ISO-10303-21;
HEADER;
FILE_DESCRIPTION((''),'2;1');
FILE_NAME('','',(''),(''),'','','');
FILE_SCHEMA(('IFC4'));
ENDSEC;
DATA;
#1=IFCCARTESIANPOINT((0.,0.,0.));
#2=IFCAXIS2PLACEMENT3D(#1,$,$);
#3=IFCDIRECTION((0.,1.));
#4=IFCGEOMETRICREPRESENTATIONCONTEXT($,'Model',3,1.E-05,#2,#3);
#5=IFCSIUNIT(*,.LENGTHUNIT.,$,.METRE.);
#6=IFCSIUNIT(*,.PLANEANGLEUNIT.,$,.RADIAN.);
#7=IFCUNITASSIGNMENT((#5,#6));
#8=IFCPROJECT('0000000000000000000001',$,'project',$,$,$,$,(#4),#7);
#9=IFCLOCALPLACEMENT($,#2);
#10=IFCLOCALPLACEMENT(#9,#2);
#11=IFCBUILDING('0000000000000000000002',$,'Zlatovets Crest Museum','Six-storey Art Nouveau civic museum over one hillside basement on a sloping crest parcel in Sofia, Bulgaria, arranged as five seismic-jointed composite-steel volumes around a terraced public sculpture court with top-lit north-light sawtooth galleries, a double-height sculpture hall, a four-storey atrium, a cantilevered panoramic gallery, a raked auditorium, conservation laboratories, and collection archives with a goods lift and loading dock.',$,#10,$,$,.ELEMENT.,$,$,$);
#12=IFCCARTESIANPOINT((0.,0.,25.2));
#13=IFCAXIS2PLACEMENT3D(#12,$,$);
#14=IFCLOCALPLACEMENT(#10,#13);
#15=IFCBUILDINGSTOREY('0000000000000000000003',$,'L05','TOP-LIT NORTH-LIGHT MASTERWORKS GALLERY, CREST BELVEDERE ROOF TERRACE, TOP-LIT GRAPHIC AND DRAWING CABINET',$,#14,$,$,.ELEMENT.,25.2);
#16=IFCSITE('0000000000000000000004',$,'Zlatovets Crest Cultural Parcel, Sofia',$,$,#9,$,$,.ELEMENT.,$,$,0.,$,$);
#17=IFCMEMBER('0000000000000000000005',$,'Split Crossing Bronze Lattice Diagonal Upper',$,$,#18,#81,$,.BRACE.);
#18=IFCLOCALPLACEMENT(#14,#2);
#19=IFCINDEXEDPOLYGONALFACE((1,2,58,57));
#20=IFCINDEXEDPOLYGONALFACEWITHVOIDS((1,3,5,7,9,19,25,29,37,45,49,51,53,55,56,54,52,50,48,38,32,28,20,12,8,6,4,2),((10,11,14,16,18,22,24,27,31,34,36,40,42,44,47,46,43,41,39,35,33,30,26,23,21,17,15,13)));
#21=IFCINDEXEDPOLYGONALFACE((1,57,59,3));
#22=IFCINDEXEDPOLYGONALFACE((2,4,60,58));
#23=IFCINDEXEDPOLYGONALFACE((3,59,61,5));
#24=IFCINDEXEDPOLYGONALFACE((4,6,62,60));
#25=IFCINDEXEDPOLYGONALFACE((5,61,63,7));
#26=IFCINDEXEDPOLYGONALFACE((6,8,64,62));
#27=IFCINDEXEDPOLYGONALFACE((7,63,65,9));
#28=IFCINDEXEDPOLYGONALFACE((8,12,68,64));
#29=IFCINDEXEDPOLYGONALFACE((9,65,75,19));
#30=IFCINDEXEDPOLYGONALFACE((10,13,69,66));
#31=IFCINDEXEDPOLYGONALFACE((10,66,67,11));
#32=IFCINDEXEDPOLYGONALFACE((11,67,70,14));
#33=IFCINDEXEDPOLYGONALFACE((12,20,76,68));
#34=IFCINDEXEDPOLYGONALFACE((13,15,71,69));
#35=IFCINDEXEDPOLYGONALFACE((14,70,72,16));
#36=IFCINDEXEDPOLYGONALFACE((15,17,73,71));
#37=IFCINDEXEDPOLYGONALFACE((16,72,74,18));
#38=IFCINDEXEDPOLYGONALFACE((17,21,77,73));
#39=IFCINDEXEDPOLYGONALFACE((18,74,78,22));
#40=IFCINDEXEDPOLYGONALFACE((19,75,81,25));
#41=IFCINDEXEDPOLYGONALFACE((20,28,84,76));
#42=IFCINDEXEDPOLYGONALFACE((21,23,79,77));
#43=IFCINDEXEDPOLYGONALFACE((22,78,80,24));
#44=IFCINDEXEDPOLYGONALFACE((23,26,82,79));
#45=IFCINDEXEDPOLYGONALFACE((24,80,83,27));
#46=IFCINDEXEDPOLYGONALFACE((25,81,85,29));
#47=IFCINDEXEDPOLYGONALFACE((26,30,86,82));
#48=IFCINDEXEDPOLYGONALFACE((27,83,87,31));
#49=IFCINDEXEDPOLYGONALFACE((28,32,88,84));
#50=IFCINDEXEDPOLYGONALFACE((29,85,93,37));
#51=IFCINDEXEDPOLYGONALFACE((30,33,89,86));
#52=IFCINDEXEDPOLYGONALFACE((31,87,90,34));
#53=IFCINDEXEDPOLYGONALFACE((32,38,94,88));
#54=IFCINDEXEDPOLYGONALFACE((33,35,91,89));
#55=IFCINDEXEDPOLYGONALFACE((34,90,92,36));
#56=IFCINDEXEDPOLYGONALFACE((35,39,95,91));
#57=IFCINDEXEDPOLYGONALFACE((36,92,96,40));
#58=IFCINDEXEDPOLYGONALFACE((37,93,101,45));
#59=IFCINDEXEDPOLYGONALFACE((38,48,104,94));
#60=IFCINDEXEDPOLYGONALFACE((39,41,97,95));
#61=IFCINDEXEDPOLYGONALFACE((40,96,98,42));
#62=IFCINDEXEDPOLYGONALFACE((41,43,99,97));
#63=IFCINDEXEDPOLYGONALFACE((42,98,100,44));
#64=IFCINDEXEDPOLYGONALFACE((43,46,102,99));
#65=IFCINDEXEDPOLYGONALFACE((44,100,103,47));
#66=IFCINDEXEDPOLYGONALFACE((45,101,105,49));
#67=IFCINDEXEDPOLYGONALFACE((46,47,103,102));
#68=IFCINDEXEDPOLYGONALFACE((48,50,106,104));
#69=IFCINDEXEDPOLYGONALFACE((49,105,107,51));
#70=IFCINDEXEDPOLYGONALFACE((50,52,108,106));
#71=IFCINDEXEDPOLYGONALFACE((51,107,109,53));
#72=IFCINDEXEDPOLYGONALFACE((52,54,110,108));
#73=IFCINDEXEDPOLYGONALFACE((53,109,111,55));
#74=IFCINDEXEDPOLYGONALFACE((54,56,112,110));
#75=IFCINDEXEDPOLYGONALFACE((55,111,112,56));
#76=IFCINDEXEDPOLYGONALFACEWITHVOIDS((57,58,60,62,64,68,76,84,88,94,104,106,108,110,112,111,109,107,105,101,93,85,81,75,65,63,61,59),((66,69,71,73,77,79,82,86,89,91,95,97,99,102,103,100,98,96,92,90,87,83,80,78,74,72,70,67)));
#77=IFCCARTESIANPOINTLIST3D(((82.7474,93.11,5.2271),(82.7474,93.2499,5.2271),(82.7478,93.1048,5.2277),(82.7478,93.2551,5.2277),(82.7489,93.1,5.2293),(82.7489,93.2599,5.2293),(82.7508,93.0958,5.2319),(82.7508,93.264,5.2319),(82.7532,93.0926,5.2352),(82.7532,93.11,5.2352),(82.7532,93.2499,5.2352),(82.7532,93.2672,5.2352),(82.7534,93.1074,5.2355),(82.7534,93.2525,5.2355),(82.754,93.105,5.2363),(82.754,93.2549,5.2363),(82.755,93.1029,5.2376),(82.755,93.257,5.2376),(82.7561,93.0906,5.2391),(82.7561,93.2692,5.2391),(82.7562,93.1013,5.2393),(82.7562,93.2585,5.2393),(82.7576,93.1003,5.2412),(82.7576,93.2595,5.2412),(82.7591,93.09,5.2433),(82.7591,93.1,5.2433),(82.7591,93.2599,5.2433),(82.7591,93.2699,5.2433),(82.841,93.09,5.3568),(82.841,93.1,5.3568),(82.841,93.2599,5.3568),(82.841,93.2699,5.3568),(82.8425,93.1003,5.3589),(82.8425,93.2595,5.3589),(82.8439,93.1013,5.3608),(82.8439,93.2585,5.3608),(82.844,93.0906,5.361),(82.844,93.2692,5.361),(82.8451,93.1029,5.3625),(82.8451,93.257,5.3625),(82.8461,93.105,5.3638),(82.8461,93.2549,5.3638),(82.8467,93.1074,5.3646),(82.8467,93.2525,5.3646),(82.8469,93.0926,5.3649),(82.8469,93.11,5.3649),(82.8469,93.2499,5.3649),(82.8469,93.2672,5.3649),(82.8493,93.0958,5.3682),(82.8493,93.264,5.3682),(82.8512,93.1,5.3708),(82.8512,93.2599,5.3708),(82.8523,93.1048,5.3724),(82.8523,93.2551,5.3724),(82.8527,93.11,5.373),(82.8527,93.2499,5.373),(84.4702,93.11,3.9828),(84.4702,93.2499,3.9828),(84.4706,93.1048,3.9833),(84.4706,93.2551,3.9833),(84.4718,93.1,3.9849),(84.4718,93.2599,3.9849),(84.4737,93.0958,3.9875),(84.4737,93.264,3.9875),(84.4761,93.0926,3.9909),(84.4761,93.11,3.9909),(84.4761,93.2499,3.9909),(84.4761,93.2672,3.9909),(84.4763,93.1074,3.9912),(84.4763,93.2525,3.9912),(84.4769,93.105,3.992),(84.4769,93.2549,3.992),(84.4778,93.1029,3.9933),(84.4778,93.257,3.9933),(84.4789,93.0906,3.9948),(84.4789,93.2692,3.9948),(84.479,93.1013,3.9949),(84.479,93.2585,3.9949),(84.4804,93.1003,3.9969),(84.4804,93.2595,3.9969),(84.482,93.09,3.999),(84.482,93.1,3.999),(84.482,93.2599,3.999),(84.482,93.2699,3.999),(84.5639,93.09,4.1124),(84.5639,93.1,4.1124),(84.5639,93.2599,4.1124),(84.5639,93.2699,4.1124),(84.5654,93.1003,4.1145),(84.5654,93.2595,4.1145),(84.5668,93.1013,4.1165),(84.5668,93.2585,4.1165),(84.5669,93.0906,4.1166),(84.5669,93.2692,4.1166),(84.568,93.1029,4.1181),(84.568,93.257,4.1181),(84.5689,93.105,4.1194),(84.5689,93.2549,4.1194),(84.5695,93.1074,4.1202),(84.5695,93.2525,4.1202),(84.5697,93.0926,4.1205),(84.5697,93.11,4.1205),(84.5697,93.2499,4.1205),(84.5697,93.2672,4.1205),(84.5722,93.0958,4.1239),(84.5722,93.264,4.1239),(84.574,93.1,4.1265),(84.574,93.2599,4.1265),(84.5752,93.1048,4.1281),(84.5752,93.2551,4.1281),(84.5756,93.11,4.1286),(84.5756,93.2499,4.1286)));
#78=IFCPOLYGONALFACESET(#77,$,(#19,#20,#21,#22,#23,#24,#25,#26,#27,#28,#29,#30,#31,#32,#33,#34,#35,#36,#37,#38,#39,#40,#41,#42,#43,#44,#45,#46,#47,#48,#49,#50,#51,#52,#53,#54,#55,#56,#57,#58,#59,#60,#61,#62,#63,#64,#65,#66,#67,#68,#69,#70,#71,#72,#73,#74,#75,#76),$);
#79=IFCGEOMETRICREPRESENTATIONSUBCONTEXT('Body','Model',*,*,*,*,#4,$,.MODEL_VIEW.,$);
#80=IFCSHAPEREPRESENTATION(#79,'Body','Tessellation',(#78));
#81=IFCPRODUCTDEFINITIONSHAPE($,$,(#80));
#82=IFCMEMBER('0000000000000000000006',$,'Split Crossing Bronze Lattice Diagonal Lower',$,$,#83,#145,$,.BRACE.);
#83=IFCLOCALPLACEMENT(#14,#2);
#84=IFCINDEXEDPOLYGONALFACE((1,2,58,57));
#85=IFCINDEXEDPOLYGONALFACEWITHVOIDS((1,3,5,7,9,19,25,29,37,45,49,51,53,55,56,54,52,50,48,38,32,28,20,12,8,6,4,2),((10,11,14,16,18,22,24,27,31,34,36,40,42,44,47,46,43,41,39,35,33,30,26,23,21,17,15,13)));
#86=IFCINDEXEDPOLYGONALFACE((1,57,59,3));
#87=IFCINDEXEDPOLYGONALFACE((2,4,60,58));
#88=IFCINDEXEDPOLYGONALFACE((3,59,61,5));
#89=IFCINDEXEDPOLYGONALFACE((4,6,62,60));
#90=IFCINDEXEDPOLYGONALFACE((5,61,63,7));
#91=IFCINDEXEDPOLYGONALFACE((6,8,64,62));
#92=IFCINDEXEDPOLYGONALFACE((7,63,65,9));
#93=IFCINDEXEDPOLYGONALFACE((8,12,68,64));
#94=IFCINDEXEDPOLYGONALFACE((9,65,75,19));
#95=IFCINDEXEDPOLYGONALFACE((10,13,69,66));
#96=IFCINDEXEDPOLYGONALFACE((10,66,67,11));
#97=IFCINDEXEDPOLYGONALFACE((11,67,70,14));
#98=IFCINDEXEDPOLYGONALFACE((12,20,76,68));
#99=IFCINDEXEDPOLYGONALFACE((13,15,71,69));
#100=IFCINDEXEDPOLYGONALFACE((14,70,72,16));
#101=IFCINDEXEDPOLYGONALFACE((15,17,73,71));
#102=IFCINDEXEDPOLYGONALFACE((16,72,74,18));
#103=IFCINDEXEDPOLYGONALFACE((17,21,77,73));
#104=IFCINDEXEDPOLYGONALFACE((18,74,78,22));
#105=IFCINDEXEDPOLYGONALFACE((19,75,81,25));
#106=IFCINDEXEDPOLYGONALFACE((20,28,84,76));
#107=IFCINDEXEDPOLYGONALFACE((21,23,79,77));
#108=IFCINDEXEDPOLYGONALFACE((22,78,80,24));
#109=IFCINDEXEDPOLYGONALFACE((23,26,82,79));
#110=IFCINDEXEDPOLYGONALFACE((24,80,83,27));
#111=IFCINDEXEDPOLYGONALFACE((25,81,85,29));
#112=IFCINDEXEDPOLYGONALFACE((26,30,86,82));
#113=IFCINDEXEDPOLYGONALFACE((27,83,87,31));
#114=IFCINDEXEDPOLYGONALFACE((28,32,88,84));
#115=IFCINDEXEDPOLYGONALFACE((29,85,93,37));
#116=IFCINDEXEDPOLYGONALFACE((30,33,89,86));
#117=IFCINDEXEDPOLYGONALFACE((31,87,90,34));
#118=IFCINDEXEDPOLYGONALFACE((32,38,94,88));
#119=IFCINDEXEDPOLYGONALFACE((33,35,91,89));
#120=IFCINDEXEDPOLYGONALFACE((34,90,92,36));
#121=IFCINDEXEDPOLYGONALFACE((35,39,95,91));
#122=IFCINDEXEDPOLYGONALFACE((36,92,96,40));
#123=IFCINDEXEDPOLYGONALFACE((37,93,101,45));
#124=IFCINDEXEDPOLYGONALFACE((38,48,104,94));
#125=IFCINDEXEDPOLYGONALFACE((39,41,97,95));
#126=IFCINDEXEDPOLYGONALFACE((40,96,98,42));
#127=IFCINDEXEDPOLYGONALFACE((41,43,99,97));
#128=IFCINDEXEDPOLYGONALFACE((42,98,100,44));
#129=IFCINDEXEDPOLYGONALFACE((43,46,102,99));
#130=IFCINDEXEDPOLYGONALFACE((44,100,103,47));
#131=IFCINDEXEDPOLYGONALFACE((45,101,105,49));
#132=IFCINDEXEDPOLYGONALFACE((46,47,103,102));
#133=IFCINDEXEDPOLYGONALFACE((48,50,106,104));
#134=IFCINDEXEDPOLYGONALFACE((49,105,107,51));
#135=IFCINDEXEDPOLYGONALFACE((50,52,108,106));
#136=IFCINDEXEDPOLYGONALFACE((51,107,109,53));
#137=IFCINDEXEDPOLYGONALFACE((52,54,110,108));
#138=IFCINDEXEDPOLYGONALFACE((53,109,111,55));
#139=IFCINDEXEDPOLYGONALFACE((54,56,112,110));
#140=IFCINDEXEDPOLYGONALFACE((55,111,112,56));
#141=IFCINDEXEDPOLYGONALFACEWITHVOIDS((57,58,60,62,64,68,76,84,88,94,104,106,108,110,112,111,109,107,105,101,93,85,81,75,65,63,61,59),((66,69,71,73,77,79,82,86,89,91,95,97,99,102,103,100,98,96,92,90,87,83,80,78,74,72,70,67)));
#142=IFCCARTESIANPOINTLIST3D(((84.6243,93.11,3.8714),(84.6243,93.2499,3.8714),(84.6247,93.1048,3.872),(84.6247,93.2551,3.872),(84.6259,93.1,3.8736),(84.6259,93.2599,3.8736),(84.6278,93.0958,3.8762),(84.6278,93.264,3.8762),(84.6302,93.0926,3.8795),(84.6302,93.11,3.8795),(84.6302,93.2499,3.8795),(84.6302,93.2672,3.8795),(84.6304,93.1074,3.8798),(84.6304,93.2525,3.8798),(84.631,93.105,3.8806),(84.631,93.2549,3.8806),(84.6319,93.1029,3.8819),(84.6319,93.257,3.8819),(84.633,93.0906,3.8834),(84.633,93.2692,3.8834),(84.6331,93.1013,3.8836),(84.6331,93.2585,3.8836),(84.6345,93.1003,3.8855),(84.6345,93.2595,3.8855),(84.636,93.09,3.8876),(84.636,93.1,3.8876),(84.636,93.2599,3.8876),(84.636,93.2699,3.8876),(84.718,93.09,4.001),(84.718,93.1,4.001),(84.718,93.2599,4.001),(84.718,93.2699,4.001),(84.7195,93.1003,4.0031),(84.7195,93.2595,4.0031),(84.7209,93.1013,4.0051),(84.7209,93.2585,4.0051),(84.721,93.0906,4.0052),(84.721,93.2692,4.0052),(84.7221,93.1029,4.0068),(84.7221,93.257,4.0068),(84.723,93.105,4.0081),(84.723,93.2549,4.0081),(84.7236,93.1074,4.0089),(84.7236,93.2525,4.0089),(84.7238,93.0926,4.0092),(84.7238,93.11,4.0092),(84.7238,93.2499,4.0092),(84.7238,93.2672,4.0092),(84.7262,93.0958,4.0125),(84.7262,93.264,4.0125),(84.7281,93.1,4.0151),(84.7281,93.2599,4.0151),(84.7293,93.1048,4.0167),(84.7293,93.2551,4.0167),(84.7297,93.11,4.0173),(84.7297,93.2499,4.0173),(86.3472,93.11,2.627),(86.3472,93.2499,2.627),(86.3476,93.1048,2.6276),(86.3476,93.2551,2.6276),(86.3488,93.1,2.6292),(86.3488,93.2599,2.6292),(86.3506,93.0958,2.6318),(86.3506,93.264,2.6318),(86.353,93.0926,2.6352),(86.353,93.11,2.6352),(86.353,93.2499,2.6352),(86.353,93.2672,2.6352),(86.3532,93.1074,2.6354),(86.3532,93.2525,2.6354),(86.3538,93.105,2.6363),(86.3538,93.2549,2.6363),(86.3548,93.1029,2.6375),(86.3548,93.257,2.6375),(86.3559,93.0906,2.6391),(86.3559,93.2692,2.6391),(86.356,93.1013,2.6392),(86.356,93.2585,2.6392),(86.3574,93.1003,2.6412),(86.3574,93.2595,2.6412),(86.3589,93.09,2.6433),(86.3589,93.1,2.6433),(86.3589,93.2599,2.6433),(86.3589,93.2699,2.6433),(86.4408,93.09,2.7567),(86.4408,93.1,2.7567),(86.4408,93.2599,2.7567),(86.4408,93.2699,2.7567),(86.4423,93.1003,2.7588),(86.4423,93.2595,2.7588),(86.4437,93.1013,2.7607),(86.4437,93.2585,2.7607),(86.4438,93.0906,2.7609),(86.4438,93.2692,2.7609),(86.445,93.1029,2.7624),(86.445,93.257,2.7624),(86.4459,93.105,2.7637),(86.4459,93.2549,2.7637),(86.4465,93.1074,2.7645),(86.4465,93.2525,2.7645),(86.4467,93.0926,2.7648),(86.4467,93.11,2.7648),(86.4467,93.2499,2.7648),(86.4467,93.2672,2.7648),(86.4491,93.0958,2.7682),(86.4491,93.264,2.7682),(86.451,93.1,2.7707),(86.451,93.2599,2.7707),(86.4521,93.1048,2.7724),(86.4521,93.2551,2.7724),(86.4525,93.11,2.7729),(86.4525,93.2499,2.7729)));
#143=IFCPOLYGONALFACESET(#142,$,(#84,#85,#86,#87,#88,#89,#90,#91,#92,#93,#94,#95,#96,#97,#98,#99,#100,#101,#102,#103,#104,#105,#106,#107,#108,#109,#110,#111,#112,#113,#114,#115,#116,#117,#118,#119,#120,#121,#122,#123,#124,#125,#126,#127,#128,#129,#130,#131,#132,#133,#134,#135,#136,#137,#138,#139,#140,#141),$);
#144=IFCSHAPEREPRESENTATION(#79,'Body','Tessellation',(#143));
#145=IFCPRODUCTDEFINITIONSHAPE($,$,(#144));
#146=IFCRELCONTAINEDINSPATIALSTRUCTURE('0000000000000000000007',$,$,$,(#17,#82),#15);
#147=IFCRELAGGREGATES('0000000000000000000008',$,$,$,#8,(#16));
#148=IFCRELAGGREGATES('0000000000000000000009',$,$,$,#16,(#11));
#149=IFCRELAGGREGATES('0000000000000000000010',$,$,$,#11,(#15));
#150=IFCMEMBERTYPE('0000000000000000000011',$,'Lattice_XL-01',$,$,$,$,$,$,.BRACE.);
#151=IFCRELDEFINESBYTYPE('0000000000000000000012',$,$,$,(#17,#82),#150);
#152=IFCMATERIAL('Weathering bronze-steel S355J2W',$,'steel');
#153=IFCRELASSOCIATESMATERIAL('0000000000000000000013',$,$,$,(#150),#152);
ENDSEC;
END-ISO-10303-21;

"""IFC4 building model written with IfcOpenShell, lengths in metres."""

from ifc_helpers import new_model, si_unit, direction, frame, origin, origin_2d, place, context, subcontext, project, spatial, hollow_rectangle, extrude, material, material_profile, profile_set, type_object, element, save


model = new_model("IFC4")

# Units and contexts
model_context = context("Model", 3, precision=1e-05, world=origin(), true_north=direction((0.0, 1.0)))
body_context = subcontext(model_context, "Body", "Model", "MODEL_VIEW")
ifc_project = project(units=[si_unit("LENGTHUNIT", "METRE"), si_unit("PLANEANGLEUNIT", "RADIAN")], contexts=[model_context])

# Site, building, storey
site_placement = place(None, origin())
site = spatial("IfcSite", under=ifc_project, at=site_placement, Name="Zlatovets Crest Cultural Parcel, Sofia", CompositionType="ELEMENT", RefElevation=0.0)
building_placement = place(site_placement, origin())
building = spatial("IfcBuilding", under=site, at=building_placement, Name="Zlatovets Crest Museum", Description="Six-storey Art Nouveau civic museum over one hillside basement on a sloping crest parcel in Sofia, Bulgaria, arranged as five seismic-jointed composite-steel volumes around a terraced public sculpture court with top-lit north-light sawtooth galleries, a double-height sculpture hall, a four-storey atrium, a cantilevered panoramic gallery, a raked auditorium, conservation laboratories, and collection archives with a goods lift and loading dock.", CompositionType="ELEMENT")
storey_placement = place(building_placement, frame((0.0, 0.0, 25.2)))
storey = spatial("IfcBuildingStorey", under=building, at=storey_placement, Name="L05", Description="TOP-LIT NORTH-LIGHT MASTERWORKS GALLERY, CREST BELVEDERE ROOF TERRACE, TOP-LIT GRAPHIC AND DRAWING CABINET", CompositionType="ELEMENT", Elevation=25.2)

# Members
ifc_material_1 = material(Name="Weathering bronze-steel S355J2W", Category="steel")
ifc_material_profile_1 = material_profile(ifc_material_1, hollow_rectangle(XDim=0.1799, YDim=0.1799, WallThickness=0.01, InnerFilletRadius=0.01, OuterFilletRadius=0.02, at=origin_2d()), Name="SHS 180x180x10.0")
ifc_profile_set_1 = profile_set([ifc_material_profile_1], Name="Weathering bronze-steel S355J2W")
member_type_1 = type_object("IfcMemberType", Name="Lattice_XL-01", PredefinedType="BRACE", material=ifc_profile_set_1)
for number, where, z_axis, x_axis, name in (
    (1, (82.8, 93.1799, 5.3), (0.810664, 0.0, -0.585512), (0.0, 1.0, 0.0), "Split Crossing Bronze Lattice Diagonal Upper"),
    (2, (84.677, 93.1799, 3.9443), (0.810664, 0.0, -0.585512), (0.0, 1.0, 0.0), "Split Crossing Bronze Lattice Diagonal Lower"),
):
    element("IfcMember", number, at=place(storey_placement, frame(where, z_axis=z_axis, x_axis=x_axis)), inside=storey, type_object=member_type_1, Name=name, PredefinedType="BRACE", context=body_context, shape_type="SweptSolid", body=[
        extrude(hollow_rectangle(XDim=0.1799, YDim=0.1799, WallThickness=0.01, InnerFilletRadius=0.01, OuterFilletRadius=0.02, at=origin_2d()), origin(), (0.0, 0.0, 1.0), 2.1252),
    ])

save(model, "model.ifc")
